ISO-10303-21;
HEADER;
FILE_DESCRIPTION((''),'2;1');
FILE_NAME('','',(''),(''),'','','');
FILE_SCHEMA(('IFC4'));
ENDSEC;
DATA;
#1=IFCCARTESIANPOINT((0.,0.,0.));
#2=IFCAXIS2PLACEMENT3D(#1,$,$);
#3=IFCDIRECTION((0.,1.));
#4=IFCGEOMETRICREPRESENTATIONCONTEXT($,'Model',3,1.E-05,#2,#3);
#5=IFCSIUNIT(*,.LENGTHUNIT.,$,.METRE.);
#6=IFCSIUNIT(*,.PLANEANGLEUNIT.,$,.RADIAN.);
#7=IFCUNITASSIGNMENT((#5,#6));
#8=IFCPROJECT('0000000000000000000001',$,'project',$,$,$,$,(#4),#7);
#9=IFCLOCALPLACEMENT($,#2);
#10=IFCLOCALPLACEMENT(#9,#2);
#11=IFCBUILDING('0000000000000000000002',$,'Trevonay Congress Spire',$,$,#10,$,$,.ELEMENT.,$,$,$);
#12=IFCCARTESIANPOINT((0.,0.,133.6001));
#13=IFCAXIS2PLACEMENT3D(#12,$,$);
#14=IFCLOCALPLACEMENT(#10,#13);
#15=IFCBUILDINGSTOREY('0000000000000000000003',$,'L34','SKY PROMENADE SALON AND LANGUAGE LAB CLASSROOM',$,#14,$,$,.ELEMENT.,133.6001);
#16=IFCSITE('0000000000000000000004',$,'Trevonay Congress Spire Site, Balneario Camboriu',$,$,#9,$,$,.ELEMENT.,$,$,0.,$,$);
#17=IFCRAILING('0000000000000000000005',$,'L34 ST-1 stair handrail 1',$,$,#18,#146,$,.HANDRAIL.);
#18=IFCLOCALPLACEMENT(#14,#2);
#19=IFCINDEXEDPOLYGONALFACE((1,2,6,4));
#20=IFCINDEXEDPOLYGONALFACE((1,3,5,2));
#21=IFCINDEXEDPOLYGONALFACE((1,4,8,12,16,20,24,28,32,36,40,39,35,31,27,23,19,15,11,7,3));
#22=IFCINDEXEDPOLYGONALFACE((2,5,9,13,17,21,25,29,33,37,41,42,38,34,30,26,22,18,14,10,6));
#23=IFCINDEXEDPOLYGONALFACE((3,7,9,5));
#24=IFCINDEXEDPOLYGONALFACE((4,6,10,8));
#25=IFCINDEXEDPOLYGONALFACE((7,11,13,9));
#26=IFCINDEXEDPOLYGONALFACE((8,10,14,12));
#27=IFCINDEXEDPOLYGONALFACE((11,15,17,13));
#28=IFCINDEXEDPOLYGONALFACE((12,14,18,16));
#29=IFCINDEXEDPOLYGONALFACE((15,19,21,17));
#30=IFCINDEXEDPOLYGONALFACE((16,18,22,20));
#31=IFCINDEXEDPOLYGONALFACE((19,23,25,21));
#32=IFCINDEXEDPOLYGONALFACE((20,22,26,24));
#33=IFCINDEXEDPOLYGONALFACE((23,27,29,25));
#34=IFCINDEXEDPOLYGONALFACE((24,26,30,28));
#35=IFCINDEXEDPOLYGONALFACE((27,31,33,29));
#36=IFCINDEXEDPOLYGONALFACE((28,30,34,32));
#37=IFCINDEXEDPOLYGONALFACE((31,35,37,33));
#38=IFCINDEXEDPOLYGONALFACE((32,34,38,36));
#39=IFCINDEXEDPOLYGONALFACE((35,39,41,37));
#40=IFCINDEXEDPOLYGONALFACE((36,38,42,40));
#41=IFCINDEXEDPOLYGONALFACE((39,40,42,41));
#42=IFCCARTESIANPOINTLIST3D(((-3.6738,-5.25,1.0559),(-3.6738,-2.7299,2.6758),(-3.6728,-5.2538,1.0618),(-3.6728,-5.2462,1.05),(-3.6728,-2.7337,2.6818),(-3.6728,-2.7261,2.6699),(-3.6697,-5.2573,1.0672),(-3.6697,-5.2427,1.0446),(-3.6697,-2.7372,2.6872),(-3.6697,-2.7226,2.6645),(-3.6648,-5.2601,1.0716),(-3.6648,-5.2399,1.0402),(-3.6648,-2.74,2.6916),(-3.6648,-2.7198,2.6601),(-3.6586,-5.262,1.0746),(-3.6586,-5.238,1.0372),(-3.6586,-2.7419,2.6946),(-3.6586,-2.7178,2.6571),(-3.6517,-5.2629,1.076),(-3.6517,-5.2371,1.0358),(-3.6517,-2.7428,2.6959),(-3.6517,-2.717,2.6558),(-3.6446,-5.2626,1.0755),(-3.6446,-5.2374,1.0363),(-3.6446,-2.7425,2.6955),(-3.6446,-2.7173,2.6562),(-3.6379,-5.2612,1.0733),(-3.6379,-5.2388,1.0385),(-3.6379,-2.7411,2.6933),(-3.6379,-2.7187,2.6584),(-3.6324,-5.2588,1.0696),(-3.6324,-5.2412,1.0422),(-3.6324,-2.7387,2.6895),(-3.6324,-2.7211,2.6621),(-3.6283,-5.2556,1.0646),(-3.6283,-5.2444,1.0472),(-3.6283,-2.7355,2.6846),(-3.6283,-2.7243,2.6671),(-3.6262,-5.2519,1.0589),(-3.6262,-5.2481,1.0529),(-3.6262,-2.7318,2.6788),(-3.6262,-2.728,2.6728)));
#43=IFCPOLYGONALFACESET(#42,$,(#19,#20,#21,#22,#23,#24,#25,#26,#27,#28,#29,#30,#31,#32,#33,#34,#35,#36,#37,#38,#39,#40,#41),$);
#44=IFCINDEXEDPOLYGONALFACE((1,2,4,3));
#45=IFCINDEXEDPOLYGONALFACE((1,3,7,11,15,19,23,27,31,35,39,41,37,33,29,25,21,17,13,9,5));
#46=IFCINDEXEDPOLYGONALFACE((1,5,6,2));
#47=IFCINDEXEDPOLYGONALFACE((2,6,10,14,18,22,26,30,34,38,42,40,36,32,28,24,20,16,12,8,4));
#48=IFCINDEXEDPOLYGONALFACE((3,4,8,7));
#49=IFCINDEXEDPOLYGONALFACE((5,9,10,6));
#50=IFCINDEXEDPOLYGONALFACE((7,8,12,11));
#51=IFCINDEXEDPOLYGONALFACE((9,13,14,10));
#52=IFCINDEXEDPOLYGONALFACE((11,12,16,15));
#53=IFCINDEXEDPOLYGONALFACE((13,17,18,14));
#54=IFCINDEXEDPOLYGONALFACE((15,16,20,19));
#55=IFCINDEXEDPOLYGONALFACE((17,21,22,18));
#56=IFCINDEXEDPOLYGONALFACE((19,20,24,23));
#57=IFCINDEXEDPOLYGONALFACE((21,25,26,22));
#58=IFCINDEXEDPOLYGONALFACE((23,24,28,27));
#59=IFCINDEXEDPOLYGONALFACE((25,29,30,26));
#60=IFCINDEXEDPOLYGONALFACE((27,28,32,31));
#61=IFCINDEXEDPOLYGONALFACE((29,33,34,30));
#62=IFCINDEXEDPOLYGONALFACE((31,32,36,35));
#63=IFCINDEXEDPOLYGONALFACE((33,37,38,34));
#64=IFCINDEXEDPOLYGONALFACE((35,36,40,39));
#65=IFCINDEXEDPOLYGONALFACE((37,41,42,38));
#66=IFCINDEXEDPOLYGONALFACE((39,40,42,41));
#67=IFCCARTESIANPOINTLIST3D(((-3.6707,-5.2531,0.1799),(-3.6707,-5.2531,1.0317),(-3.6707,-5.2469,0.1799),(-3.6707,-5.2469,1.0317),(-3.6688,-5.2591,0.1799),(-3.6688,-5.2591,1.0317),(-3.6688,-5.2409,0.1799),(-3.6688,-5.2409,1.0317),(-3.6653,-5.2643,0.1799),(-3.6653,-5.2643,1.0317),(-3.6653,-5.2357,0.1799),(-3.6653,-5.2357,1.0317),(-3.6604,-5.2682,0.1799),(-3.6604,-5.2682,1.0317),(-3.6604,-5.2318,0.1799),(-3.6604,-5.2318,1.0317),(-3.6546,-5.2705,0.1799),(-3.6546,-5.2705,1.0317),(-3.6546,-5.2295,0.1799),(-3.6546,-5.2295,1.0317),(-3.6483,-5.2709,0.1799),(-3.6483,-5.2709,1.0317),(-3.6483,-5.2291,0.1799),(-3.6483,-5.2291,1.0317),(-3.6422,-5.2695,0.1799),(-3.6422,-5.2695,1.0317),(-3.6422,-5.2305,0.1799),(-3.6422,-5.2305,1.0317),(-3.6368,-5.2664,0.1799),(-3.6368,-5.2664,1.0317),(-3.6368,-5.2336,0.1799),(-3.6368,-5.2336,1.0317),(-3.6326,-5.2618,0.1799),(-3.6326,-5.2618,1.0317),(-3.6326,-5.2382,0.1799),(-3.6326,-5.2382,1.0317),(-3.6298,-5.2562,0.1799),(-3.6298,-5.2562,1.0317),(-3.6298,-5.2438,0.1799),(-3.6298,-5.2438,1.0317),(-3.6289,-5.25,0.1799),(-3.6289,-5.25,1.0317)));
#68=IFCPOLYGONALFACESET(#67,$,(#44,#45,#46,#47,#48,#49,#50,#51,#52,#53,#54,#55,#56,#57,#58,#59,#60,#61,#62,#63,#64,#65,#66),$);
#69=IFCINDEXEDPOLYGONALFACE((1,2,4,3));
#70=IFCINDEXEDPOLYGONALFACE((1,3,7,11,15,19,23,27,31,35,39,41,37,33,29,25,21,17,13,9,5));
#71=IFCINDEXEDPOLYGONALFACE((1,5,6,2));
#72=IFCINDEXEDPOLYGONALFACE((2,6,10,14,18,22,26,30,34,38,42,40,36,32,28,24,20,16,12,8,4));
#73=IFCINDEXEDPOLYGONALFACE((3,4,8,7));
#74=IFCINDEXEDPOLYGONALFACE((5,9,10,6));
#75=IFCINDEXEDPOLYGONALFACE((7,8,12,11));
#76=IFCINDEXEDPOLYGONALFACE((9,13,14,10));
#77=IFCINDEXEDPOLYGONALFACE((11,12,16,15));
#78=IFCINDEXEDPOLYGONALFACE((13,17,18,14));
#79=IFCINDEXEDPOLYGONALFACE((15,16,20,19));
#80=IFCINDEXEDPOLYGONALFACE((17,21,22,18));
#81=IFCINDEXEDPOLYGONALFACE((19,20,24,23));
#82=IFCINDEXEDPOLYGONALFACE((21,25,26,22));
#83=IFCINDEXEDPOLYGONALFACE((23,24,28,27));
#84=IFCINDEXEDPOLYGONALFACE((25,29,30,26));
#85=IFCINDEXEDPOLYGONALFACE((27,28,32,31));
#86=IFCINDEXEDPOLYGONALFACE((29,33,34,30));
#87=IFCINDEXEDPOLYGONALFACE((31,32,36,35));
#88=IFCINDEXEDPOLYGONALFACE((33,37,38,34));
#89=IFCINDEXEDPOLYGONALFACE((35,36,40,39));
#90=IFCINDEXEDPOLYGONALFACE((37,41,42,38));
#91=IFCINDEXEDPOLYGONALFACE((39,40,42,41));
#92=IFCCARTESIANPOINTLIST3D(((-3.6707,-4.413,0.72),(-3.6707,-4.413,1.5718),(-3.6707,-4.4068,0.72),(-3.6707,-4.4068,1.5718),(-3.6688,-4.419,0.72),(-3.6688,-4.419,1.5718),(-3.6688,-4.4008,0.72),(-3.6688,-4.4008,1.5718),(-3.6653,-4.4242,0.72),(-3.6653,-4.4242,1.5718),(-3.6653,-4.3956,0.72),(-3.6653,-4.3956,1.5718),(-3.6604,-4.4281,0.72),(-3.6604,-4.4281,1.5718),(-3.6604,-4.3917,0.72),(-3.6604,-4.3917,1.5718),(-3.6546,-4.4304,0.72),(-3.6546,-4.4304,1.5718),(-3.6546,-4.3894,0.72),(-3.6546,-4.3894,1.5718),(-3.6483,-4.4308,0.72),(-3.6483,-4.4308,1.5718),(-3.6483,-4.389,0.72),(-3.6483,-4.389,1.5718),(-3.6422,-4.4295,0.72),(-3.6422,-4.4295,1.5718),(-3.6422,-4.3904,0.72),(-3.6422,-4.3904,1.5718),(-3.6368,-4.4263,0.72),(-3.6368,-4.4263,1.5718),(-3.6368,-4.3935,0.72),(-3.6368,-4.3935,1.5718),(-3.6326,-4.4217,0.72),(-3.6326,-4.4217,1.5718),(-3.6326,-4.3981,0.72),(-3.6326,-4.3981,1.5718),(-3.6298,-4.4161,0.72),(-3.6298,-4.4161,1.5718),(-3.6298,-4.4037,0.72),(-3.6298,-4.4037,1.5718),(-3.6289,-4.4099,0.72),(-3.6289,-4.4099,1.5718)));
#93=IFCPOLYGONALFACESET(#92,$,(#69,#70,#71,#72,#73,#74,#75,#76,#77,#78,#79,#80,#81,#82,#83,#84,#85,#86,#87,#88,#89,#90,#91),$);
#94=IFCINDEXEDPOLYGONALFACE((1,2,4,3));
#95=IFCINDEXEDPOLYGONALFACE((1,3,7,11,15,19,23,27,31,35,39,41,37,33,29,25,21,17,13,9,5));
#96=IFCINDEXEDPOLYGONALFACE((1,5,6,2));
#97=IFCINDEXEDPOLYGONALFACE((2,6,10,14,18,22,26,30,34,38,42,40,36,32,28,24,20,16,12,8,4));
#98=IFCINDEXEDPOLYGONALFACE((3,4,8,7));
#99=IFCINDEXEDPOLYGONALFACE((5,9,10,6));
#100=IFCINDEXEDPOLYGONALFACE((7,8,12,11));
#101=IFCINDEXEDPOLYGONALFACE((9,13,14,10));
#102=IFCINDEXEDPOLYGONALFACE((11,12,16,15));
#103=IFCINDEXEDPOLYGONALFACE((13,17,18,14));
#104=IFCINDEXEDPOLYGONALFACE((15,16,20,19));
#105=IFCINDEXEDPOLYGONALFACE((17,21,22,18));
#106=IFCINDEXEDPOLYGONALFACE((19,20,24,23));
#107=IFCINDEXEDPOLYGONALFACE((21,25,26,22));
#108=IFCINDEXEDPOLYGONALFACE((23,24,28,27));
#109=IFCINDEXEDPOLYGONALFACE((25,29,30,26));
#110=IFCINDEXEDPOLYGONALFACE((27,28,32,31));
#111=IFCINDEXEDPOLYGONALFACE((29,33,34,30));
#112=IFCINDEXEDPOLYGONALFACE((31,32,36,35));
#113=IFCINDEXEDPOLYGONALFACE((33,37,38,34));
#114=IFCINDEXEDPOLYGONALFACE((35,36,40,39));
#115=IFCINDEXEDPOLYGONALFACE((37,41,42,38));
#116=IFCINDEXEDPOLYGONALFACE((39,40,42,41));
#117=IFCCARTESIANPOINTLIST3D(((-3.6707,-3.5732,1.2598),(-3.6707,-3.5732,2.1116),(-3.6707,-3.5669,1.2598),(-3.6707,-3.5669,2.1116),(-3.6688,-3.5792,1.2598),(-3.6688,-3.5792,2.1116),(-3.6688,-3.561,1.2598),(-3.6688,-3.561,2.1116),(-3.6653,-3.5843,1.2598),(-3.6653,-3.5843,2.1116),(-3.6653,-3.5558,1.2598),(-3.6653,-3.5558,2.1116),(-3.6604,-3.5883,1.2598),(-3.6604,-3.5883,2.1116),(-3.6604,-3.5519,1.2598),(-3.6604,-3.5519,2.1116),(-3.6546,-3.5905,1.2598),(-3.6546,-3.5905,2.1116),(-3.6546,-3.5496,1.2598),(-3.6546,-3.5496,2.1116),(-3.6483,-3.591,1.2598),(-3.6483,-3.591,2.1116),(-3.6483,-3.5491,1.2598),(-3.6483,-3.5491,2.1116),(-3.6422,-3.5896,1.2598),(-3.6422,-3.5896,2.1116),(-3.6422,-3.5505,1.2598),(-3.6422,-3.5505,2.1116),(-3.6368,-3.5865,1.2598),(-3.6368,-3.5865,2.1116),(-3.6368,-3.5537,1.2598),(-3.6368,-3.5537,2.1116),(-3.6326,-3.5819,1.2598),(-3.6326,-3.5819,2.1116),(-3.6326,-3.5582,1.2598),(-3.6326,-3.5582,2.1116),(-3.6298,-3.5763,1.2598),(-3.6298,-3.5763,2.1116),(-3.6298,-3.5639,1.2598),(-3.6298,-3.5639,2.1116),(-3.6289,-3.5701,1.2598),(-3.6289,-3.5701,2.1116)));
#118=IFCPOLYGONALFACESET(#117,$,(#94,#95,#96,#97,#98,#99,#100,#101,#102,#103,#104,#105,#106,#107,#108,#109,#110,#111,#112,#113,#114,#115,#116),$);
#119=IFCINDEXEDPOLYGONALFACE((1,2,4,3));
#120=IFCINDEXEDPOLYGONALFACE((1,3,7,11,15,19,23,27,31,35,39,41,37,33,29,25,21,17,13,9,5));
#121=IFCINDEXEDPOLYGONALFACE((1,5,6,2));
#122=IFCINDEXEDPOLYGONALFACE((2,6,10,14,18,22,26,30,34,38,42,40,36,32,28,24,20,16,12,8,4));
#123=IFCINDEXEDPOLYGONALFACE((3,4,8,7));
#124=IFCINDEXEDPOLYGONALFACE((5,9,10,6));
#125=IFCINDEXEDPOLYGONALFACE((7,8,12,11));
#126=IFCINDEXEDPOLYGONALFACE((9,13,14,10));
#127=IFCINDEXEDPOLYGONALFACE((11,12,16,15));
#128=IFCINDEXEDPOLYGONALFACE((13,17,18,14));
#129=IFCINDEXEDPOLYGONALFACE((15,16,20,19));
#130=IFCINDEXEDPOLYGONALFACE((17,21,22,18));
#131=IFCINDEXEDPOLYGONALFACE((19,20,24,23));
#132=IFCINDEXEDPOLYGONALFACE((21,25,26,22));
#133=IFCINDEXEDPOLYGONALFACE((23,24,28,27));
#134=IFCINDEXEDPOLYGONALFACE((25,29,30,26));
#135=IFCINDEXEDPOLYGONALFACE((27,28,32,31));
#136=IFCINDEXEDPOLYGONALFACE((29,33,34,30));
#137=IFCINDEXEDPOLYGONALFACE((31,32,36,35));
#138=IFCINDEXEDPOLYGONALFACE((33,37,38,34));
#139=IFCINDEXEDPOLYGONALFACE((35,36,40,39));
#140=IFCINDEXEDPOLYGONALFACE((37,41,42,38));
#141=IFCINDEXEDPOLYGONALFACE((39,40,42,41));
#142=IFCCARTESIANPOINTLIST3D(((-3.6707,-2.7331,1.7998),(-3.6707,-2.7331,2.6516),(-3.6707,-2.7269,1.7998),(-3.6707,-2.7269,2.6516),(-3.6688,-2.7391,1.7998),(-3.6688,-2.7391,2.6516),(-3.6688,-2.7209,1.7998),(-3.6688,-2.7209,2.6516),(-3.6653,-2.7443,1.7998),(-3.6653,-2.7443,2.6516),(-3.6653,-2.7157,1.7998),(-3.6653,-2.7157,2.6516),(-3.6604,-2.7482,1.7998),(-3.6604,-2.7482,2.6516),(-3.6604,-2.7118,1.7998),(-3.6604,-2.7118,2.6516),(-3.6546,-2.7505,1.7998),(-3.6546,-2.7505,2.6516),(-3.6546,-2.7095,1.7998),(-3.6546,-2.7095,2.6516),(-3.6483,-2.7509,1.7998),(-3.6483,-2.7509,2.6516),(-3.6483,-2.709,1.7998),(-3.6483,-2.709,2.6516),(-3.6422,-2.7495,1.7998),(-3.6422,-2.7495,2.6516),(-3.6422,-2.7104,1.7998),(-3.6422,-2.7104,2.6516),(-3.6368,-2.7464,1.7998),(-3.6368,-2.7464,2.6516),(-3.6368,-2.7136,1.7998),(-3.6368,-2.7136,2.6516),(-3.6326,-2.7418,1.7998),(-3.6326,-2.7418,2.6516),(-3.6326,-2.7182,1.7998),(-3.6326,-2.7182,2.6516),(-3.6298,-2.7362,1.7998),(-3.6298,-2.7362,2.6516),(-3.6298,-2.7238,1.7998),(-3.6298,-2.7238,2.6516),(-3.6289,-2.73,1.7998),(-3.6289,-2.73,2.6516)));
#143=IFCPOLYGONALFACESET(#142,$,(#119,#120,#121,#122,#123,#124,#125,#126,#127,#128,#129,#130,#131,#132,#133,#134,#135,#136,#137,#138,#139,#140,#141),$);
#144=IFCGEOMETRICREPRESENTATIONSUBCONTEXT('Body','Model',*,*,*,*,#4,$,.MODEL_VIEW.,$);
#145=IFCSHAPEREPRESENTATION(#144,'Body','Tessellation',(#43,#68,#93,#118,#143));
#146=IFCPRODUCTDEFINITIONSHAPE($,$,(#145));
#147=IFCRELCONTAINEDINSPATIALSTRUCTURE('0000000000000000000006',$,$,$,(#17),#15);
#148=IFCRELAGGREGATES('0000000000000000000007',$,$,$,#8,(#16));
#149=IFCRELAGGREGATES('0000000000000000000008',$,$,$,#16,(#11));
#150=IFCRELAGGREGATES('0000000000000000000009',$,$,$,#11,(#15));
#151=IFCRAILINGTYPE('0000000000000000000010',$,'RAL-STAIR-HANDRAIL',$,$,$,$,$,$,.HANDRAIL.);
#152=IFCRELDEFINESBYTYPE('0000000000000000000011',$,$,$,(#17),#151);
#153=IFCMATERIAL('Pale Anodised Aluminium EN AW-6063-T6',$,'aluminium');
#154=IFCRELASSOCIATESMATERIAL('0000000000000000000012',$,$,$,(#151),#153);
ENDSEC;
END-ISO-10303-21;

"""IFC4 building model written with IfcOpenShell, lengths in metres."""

from ifc_helpers import new_model, si_unit, direction, frame, origin, origin_2d, place, context, subcontext, project, spatial, circle, extrude, material, type_object, element, save


model = new_model("IFC4")

# Units and contexts
model_context = context("Model", 3, precision=1e-05, world=origin(), true_north=direction((0.0, 1.0)))
body_context = subcontext(model_context, "Body", "Model", "MODEL_VIEW")
ifc_project = project(units=[si_unit("LENGTHUNIT", "METRE"), si_unit("PLANEANGLEUNIT", "RADIAN")], contexts=[model_context])

# Site, building, storey
site_placement = place(None, origin())
site = spatial("IfcSite", under=ifc_project, at=site_placement, Name="Trevonay Congress Spire Site, Balneario Camboriu", CompositionType="ELEMENT", RefElevation=0.0)
building_placement = place(site_placement, origin())
building = spatial("IfcBuilding", under=site, at=building_placement, Name="Trevonay Congress Spire", CompositionType="ELEMENT")
storey_placement = place(building_placement, frame((0.0, 0.0, 133.6001)))
storey = spatial("IfcBuildingStorey", under=building, at=storey_placement, Name="L34", Description="SKY PROMENADE SALON AND LANGUAGE LAB CLASSROOM", CompositionType="ELEMENT", Elevation=133.6001)

# Railing
ifc_material_1 = material(Name="Pale Anodised Aluminium EN AW-6063-T6", Category="aluminium")
railing_type_1 = type_object("IfcRailingType", Name="RAL-STAIR-HANDRAIL", PredefinedType="HANDRAIL", material=ifc_material_1)
railing_1_placement = place(storey_placement, frame((-3.6499, -5.25, 0.1799)))
element("IfcRailing", 1, at=railing_1_placement, inside=storey, type_object=railing_type_1, Name="L34 ST-1 stair handrail 1", PredefinedType="HANDRAIL", context=body_context, shape_type="SweptSolid", body=[
    extrude(circle(Radius=0.0239, at=origin_2d()), frame((0.0, 0.0, 0.876), z_axis=(0.0, 0.8412, 0.540725), x_axis=(-1.0, 0.0, 0.0)), (0.0, 0.0, 1.0), 2.9958),
    extrude(circle(Radius=0.021, at=origin_2d()), origin(), (0.0, 0.0, 1.0), 0.8518),
    extrude(circle(Radius=0.021, at=origin_2d()), frame((0.0, 0.8401, 0.54)), (0.0, 0.0, 1.0), 0.8518),
    extrude(circle(Radius=0.021, at=origin_2d()), frame((0.0, 1.6799, 1.0798)), (0.0, 0.0, 1.0), 0.8518),
    extrude(circle(Radius=0.021, at=origin_2d()), frame((0.0, 2.52, 1.6199)), (0.0, 0.0, 1.0), 0.8518),
])

save(model, "model.ifc")
